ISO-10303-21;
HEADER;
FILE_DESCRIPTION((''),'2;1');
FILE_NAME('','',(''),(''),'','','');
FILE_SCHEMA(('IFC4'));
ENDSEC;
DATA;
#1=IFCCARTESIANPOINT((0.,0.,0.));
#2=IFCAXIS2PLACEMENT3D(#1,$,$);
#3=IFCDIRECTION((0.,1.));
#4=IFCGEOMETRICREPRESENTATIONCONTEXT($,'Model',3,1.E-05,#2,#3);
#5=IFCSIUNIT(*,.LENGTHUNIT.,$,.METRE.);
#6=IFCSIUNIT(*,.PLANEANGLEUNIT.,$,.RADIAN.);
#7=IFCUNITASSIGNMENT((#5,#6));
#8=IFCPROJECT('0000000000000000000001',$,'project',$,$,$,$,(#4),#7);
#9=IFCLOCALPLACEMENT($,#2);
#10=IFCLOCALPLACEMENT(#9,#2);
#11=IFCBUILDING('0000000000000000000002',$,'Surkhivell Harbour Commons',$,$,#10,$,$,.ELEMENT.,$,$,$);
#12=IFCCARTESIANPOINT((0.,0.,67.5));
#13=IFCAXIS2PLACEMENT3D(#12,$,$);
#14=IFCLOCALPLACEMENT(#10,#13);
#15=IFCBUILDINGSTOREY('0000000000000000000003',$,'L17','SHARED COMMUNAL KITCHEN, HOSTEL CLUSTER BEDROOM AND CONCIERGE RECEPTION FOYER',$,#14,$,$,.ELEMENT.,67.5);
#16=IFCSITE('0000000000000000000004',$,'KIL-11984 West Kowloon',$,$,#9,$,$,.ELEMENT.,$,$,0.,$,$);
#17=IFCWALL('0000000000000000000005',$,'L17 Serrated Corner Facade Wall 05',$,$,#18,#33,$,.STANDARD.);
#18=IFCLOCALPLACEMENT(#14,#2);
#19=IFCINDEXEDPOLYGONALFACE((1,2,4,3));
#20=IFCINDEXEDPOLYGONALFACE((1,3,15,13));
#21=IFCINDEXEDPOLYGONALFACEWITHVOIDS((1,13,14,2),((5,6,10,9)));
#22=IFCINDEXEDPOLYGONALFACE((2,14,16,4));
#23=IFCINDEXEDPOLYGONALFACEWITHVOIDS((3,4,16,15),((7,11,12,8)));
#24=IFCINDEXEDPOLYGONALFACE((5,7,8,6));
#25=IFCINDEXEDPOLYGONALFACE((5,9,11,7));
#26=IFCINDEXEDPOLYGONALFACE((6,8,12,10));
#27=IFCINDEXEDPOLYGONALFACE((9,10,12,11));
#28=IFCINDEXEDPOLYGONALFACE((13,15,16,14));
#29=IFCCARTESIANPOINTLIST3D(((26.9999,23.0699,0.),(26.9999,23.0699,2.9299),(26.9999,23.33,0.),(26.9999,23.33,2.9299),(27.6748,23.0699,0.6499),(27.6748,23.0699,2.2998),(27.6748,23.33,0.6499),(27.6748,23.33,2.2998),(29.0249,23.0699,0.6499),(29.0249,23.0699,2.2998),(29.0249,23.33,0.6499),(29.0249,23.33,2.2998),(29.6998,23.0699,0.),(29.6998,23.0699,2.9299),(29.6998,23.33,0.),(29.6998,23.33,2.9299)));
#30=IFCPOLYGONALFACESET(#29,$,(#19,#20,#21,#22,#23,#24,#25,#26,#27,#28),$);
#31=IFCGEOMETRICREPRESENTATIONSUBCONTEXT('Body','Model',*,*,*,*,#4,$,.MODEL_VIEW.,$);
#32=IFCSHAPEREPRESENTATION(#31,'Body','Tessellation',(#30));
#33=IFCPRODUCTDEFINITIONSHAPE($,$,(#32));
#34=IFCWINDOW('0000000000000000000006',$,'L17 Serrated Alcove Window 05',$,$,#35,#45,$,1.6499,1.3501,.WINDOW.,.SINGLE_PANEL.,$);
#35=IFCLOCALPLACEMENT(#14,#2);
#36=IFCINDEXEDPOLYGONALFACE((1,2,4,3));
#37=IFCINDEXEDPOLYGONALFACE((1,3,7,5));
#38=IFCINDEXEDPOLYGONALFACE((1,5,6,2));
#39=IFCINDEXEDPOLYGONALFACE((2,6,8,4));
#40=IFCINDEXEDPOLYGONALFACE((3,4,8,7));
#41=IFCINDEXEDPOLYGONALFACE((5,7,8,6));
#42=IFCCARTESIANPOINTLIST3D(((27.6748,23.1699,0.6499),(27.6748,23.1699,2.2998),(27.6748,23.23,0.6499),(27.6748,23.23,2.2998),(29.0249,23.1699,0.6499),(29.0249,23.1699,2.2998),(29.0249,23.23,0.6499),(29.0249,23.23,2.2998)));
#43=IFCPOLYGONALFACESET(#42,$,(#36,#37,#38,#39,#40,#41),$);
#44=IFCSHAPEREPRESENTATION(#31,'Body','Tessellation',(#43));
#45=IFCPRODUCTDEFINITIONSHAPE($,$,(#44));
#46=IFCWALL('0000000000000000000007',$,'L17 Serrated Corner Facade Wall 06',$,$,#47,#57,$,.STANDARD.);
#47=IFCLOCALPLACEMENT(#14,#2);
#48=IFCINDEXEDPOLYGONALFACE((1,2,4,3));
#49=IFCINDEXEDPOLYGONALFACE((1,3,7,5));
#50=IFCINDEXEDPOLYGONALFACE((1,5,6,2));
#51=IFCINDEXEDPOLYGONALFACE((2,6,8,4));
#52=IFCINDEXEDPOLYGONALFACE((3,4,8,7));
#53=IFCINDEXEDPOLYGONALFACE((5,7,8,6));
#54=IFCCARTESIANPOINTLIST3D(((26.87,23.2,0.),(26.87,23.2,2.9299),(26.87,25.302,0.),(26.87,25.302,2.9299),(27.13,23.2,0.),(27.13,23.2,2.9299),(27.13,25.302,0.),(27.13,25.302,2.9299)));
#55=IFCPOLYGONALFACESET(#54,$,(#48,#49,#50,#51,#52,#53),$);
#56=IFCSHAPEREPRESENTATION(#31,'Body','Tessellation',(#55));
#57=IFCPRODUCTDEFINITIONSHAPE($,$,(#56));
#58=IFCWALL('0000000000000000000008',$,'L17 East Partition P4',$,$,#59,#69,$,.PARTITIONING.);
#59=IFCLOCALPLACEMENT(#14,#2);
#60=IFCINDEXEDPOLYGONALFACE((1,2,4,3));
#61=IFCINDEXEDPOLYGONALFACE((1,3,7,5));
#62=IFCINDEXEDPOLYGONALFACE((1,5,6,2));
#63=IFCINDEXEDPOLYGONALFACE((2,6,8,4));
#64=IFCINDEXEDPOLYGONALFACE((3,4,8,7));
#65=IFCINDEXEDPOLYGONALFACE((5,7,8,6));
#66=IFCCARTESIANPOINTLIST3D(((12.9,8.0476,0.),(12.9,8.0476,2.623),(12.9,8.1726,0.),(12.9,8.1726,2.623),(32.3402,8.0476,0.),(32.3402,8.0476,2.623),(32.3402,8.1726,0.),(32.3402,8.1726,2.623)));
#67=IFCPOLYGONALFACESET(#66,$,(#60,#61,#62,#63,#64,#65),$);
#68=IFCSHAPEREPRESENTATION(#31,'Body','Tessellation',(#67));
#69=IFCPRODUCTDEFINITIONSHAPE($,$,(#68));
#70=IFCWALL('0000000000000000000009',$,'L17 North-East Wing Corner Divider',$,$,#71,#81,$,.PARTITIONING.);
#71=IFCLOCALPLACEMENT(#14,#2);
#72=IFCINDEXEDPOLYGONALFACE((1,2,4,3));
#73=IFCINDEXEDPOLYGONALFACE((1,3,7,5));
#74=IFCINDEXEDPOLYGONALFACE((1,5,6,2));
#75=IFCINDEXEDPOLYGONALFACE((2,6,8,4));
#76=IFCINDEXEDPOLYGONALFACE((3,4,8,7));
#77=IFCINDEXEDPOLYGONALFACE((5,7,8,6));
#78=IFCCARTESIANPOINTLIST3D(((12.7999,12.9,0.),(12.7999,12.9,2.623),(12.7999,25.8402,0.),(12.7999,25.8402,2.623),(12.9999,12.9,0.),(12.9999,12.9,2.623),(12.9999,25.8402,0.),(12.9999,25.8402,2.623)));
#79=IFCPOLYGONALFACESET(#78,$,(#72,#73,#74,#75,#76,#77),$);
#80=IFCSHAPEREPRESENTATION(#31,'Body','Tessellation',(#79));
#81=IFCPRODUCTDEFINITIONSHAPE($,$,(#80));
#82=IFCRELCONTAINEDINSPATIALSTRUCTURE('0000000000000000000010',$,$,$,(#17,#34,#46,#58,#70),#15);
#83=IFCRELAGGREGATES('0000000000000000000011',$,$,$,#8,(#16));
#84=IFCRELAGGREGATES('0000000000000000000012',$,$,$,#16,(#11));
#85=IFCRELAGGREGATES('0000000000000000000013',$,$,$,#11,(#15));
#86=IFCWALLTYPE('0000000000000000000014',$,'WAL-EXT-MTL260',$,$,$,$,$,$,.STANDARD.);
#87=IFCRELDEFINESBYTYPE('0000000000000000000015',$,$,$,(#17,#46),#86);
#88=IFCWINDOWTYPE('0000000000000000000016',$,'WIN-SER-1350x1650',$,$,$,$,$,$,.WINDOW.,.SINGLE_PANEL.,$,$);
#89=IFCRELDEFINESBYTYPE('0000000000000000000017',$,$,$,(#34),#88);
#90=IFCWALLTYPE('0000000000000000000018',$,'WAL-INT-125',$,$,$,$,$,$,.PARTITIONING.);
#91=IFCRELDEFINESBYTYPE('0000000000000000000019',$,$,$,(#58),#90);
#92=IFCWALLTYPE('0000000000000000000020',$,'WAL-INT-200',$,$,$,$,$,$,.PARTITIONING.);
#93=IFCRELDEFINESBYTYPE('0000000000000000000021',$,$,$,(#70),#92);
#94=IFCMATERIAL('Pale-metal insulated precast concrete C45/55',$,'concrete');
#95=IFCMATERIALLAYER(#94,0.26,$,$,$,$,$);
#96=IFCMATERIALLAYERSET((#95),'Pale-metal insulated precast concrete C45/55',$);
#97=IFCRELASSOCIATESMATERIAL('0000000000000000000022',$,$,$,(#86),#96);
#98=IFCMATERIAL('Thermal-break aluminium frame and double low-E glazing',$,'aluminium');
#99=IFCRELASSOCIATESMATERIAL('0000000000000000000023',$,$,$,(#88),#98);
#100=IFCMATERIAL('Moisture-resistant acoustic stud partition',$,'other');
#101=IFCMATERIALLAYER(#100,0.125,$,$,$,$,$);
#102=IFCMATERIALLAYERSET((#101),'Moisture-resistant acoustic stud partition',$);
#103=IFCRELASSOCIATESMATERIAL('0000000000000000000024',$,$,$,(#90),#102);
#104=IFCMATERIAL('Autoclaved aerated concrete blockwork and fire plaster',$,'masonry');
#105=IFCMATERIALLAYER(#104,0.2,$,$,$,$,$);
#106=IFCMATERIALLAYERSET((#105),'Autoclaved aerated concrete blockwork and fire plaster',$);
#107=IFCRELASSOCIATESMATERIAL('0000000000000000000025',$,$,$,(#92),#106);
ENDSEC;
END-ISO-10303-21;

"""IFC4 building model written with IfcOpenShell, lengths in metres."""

from ifc_helpers import new_model, si_unit, direction, frame, frame_2d, origin, place, context, subcontext, project, spatial, rectangle, extrude, material, layer, layer_set, type_object, element, fill, save


model = new_model("IFC4")

# Units and contexts
model_context = context("Model", 3, precision=1e-05, world=origin(), true_north=direction((0.0, 1.0)))
body_context = subcontext(model_context, "Body", "Model", "MODEL_VIEW")
ifc_project = project(units=[si_unit("LENGTHUNIT", "METRE"), si_unit("PLANEANGLEUNIT", "RADIAN")], contexts=[model_context])

# Site, building, storey
site_placement = place(None, origin())
site = spatial("IfcSite", under=ifc_project, at=site_placement, Name="KIL-11984 West Kowloon", CompositionType="ELEMENT", RefElevation=0.0)
building_placement = place(site_placement, origin())
building = spatial("IfcBuilding", under=site, at=building_placement, Name="Surkhivell Harbour Commons", CompositionType="ELEMENT")
storey_placement = place(building_placement, frame((0.0, 0.0, 67.5)))
storey = spatial("IfcBuildingStorey", under=building, at=storey_placement, Name="L17", Description="SHARED COMMUNAL KITCHEN, HOSTEL CLUSTER BEDROOM AND CONCIERGE RECEPTION FOYER", CompositionType="ELEMENT", Elevation=67.5)

# Shared definitions
ifc_material_1 = material(Name="Pale-metal insulated precast concrete C45/55", Category="concrete")
ifc_layer_1 = layer(ifc_material_1, 0.26)
ifc_layer_set_1 = layer_set([ifc_layer_1], Name="Pale-metal insulated precast concrete C45/55")
wall_type_1 = type_object("IfcWallType", Name="WAL-EXT-MTL260", PredefinedType="STANDARD", material=ifc_layer_set_1)

# Wall, opening, window
wall_1_placement = place(storey_placement, frame((29.7, 23.2, 0.0), z_axis=(0.0, 0.0, 1.0), x_axis=(-1.0, 0.0, 0.0)))
wall_1 = element("IfcWall", 1, at=wall_1_placement, inside=storey, type_object=wall_type_1, Name="L17 Serrated Corner Facade Wall 05", PredefinedType="STANDARD", context=body_context, shape_type="SweptSolid", body=[
    extrude(rectangle(XDim=2.7, YDim=0.26, at=frame_2d((1.3501, 0.0))), origin(), (0.0, 0.0, 1.0), 2.9299),
])
opening_placement = place(wall_1_placement, frame((0.675, 0.0, 0.6499)))
opening = element("IfcOpeningElement", 2, at=opening_placement, cuts=wall_1, PredefinedType="OPENING", context=body_context, shape_type="SweptSolid", body=[
    extrude(rectangle(XDim=1.3501, YDim=1.6499, at=frame_2d((0.675, 0.825))), frame((0.0, 0.1399, 0.0), z_axis=(0.0, -1.0, 0.0), x_axis=(1.0, 0.0, 0.0)), (0.0, 0.0, 1.0), 0.28),
])
ifc_material_2 = material(Name="Thermal-break aluminium frame and double low-E glazing", Category="aluminium")
window_type = type_object("IfcWindowType", Name="WIN-SER-1350x1650", PartitioningType="SINGLE_PANEL", PredefinedType="WINDOW", material=ifc_material_2)
window_placement = place(opening_placement, origin())
window = element("IfcWindow", 3, at=window_placement, inside=storey, type_object=window_type, Name="L17 Serrated Alcove Window 05", OverallHeight=1.6499, OverallWidth=1.3501, PartitioningType="SINGLE_PANEL", PredefinedType="WINDOW", context=body_context, shape_type="SweptSolid", body=[
    extrude(rectangle(XDim=1.3501, YDim=1.6499, at=frame_2d((0.675, 0.825))), frame((0.0, 0.03, 0.0), z_axis=(0.0, -1.0, 0.0), x_axis=(1.0, 0.0, 0.0)), (0.0, 0.0, 1.0), 0.0601),
])
fill(opening, window)

# Walls
wall_2_placement = place(storey_placement, frame((27.0, 23.2, 0.0), z_axis=(0.0, 0.0, 1.0), x_axis=(0.0, 1.0, 0.0)))
element("IfcWall", 4, at=wall_2_placement, inside=storey, type_object=wall_type_1, Name="L17 Serrated Corner Facade Wall 06", PredefinedType="STANDARD", context=body_context, shape_type="SweptSolid", body=[
    extrude(rectangle(XDim=2.1021, YDim=0.26, at=frame_2d((1.051, 0.0))), origin(), (0.0, 0.0, 1.0), 2.9299),
])
ifc_material_3 = material(Name="Moisture-resistant acoustic stud partition", Category="other")
ifc_layer_2 = layer(ifc_material_3, 0.125)
ifc_layer_set_2 = layer_set([ifc_layer_2], Name="Moisture-resistant acoustic stud partition")
wall_type_2 = type_object("IfcWallType", Name="WAL-INT-125", PredefinedType="PARTITIONING", material=ifc_layer_set_2)
wall_3_placement = place(storey_placement, frame((12.8999, 8.1101, 0.0), z_axis=(0.0, 0.0, 1.0), x_axis=(1.0, 0.0, 0.0)))
element("IfcWall", 5, at=wall_3_placement, inside=storey, type_object=wall_type_2, Name="L17 East Partition P4", PredefinedType="PARTITIONING", context=body_context, shape_type="SweptSolid", body=[
    extrude(rectangle(XDim=19.4402, YDim=0.125, at=frame_2d((9.7202, 0.0))), origin(), (0.0, 0.0, 1.0), 2.623),
])
ifc_material_4 = material(Name="Autoclaved aerated concrete blockwork and fire plaster", Category="masonry")
ifc_layer_3 = layer(ifc_material_4, 0.2)
ifc_layer_set_3 = layer_set([ifc_layer_3], Name="Autoclaved aerated concrete blockwork and fire plaster")
wall_type_3 = type_object("IfcWallType", Name="WAL-INT-200", PredefinedType="PARTITIONING", material=ifc_layer_set_3)
wall_4_placement = place(storey_placement, frame((12.8999, 12.8999, 0.0), z_axis=(0.0, 0.0, 1.0), x_axis=(0.0, 1.0, 0.0)))
element("IfcWall", 6, at=wall_4_placement, inside=storey, type_object=wall_type_3, Name="L17 North-East Wing Corner Divider", PredefinedType="PARTITIONING", context=body_context, shape_type="SweptSolid", body=[
    extrude(rectangle(XDim=12.9402, YDim=0.2, at=frame_2d((6.4702, 0.0))), origin(), (0.0, 0.0, 1.0), 2.623),
])

save(model, "model.ifc")
